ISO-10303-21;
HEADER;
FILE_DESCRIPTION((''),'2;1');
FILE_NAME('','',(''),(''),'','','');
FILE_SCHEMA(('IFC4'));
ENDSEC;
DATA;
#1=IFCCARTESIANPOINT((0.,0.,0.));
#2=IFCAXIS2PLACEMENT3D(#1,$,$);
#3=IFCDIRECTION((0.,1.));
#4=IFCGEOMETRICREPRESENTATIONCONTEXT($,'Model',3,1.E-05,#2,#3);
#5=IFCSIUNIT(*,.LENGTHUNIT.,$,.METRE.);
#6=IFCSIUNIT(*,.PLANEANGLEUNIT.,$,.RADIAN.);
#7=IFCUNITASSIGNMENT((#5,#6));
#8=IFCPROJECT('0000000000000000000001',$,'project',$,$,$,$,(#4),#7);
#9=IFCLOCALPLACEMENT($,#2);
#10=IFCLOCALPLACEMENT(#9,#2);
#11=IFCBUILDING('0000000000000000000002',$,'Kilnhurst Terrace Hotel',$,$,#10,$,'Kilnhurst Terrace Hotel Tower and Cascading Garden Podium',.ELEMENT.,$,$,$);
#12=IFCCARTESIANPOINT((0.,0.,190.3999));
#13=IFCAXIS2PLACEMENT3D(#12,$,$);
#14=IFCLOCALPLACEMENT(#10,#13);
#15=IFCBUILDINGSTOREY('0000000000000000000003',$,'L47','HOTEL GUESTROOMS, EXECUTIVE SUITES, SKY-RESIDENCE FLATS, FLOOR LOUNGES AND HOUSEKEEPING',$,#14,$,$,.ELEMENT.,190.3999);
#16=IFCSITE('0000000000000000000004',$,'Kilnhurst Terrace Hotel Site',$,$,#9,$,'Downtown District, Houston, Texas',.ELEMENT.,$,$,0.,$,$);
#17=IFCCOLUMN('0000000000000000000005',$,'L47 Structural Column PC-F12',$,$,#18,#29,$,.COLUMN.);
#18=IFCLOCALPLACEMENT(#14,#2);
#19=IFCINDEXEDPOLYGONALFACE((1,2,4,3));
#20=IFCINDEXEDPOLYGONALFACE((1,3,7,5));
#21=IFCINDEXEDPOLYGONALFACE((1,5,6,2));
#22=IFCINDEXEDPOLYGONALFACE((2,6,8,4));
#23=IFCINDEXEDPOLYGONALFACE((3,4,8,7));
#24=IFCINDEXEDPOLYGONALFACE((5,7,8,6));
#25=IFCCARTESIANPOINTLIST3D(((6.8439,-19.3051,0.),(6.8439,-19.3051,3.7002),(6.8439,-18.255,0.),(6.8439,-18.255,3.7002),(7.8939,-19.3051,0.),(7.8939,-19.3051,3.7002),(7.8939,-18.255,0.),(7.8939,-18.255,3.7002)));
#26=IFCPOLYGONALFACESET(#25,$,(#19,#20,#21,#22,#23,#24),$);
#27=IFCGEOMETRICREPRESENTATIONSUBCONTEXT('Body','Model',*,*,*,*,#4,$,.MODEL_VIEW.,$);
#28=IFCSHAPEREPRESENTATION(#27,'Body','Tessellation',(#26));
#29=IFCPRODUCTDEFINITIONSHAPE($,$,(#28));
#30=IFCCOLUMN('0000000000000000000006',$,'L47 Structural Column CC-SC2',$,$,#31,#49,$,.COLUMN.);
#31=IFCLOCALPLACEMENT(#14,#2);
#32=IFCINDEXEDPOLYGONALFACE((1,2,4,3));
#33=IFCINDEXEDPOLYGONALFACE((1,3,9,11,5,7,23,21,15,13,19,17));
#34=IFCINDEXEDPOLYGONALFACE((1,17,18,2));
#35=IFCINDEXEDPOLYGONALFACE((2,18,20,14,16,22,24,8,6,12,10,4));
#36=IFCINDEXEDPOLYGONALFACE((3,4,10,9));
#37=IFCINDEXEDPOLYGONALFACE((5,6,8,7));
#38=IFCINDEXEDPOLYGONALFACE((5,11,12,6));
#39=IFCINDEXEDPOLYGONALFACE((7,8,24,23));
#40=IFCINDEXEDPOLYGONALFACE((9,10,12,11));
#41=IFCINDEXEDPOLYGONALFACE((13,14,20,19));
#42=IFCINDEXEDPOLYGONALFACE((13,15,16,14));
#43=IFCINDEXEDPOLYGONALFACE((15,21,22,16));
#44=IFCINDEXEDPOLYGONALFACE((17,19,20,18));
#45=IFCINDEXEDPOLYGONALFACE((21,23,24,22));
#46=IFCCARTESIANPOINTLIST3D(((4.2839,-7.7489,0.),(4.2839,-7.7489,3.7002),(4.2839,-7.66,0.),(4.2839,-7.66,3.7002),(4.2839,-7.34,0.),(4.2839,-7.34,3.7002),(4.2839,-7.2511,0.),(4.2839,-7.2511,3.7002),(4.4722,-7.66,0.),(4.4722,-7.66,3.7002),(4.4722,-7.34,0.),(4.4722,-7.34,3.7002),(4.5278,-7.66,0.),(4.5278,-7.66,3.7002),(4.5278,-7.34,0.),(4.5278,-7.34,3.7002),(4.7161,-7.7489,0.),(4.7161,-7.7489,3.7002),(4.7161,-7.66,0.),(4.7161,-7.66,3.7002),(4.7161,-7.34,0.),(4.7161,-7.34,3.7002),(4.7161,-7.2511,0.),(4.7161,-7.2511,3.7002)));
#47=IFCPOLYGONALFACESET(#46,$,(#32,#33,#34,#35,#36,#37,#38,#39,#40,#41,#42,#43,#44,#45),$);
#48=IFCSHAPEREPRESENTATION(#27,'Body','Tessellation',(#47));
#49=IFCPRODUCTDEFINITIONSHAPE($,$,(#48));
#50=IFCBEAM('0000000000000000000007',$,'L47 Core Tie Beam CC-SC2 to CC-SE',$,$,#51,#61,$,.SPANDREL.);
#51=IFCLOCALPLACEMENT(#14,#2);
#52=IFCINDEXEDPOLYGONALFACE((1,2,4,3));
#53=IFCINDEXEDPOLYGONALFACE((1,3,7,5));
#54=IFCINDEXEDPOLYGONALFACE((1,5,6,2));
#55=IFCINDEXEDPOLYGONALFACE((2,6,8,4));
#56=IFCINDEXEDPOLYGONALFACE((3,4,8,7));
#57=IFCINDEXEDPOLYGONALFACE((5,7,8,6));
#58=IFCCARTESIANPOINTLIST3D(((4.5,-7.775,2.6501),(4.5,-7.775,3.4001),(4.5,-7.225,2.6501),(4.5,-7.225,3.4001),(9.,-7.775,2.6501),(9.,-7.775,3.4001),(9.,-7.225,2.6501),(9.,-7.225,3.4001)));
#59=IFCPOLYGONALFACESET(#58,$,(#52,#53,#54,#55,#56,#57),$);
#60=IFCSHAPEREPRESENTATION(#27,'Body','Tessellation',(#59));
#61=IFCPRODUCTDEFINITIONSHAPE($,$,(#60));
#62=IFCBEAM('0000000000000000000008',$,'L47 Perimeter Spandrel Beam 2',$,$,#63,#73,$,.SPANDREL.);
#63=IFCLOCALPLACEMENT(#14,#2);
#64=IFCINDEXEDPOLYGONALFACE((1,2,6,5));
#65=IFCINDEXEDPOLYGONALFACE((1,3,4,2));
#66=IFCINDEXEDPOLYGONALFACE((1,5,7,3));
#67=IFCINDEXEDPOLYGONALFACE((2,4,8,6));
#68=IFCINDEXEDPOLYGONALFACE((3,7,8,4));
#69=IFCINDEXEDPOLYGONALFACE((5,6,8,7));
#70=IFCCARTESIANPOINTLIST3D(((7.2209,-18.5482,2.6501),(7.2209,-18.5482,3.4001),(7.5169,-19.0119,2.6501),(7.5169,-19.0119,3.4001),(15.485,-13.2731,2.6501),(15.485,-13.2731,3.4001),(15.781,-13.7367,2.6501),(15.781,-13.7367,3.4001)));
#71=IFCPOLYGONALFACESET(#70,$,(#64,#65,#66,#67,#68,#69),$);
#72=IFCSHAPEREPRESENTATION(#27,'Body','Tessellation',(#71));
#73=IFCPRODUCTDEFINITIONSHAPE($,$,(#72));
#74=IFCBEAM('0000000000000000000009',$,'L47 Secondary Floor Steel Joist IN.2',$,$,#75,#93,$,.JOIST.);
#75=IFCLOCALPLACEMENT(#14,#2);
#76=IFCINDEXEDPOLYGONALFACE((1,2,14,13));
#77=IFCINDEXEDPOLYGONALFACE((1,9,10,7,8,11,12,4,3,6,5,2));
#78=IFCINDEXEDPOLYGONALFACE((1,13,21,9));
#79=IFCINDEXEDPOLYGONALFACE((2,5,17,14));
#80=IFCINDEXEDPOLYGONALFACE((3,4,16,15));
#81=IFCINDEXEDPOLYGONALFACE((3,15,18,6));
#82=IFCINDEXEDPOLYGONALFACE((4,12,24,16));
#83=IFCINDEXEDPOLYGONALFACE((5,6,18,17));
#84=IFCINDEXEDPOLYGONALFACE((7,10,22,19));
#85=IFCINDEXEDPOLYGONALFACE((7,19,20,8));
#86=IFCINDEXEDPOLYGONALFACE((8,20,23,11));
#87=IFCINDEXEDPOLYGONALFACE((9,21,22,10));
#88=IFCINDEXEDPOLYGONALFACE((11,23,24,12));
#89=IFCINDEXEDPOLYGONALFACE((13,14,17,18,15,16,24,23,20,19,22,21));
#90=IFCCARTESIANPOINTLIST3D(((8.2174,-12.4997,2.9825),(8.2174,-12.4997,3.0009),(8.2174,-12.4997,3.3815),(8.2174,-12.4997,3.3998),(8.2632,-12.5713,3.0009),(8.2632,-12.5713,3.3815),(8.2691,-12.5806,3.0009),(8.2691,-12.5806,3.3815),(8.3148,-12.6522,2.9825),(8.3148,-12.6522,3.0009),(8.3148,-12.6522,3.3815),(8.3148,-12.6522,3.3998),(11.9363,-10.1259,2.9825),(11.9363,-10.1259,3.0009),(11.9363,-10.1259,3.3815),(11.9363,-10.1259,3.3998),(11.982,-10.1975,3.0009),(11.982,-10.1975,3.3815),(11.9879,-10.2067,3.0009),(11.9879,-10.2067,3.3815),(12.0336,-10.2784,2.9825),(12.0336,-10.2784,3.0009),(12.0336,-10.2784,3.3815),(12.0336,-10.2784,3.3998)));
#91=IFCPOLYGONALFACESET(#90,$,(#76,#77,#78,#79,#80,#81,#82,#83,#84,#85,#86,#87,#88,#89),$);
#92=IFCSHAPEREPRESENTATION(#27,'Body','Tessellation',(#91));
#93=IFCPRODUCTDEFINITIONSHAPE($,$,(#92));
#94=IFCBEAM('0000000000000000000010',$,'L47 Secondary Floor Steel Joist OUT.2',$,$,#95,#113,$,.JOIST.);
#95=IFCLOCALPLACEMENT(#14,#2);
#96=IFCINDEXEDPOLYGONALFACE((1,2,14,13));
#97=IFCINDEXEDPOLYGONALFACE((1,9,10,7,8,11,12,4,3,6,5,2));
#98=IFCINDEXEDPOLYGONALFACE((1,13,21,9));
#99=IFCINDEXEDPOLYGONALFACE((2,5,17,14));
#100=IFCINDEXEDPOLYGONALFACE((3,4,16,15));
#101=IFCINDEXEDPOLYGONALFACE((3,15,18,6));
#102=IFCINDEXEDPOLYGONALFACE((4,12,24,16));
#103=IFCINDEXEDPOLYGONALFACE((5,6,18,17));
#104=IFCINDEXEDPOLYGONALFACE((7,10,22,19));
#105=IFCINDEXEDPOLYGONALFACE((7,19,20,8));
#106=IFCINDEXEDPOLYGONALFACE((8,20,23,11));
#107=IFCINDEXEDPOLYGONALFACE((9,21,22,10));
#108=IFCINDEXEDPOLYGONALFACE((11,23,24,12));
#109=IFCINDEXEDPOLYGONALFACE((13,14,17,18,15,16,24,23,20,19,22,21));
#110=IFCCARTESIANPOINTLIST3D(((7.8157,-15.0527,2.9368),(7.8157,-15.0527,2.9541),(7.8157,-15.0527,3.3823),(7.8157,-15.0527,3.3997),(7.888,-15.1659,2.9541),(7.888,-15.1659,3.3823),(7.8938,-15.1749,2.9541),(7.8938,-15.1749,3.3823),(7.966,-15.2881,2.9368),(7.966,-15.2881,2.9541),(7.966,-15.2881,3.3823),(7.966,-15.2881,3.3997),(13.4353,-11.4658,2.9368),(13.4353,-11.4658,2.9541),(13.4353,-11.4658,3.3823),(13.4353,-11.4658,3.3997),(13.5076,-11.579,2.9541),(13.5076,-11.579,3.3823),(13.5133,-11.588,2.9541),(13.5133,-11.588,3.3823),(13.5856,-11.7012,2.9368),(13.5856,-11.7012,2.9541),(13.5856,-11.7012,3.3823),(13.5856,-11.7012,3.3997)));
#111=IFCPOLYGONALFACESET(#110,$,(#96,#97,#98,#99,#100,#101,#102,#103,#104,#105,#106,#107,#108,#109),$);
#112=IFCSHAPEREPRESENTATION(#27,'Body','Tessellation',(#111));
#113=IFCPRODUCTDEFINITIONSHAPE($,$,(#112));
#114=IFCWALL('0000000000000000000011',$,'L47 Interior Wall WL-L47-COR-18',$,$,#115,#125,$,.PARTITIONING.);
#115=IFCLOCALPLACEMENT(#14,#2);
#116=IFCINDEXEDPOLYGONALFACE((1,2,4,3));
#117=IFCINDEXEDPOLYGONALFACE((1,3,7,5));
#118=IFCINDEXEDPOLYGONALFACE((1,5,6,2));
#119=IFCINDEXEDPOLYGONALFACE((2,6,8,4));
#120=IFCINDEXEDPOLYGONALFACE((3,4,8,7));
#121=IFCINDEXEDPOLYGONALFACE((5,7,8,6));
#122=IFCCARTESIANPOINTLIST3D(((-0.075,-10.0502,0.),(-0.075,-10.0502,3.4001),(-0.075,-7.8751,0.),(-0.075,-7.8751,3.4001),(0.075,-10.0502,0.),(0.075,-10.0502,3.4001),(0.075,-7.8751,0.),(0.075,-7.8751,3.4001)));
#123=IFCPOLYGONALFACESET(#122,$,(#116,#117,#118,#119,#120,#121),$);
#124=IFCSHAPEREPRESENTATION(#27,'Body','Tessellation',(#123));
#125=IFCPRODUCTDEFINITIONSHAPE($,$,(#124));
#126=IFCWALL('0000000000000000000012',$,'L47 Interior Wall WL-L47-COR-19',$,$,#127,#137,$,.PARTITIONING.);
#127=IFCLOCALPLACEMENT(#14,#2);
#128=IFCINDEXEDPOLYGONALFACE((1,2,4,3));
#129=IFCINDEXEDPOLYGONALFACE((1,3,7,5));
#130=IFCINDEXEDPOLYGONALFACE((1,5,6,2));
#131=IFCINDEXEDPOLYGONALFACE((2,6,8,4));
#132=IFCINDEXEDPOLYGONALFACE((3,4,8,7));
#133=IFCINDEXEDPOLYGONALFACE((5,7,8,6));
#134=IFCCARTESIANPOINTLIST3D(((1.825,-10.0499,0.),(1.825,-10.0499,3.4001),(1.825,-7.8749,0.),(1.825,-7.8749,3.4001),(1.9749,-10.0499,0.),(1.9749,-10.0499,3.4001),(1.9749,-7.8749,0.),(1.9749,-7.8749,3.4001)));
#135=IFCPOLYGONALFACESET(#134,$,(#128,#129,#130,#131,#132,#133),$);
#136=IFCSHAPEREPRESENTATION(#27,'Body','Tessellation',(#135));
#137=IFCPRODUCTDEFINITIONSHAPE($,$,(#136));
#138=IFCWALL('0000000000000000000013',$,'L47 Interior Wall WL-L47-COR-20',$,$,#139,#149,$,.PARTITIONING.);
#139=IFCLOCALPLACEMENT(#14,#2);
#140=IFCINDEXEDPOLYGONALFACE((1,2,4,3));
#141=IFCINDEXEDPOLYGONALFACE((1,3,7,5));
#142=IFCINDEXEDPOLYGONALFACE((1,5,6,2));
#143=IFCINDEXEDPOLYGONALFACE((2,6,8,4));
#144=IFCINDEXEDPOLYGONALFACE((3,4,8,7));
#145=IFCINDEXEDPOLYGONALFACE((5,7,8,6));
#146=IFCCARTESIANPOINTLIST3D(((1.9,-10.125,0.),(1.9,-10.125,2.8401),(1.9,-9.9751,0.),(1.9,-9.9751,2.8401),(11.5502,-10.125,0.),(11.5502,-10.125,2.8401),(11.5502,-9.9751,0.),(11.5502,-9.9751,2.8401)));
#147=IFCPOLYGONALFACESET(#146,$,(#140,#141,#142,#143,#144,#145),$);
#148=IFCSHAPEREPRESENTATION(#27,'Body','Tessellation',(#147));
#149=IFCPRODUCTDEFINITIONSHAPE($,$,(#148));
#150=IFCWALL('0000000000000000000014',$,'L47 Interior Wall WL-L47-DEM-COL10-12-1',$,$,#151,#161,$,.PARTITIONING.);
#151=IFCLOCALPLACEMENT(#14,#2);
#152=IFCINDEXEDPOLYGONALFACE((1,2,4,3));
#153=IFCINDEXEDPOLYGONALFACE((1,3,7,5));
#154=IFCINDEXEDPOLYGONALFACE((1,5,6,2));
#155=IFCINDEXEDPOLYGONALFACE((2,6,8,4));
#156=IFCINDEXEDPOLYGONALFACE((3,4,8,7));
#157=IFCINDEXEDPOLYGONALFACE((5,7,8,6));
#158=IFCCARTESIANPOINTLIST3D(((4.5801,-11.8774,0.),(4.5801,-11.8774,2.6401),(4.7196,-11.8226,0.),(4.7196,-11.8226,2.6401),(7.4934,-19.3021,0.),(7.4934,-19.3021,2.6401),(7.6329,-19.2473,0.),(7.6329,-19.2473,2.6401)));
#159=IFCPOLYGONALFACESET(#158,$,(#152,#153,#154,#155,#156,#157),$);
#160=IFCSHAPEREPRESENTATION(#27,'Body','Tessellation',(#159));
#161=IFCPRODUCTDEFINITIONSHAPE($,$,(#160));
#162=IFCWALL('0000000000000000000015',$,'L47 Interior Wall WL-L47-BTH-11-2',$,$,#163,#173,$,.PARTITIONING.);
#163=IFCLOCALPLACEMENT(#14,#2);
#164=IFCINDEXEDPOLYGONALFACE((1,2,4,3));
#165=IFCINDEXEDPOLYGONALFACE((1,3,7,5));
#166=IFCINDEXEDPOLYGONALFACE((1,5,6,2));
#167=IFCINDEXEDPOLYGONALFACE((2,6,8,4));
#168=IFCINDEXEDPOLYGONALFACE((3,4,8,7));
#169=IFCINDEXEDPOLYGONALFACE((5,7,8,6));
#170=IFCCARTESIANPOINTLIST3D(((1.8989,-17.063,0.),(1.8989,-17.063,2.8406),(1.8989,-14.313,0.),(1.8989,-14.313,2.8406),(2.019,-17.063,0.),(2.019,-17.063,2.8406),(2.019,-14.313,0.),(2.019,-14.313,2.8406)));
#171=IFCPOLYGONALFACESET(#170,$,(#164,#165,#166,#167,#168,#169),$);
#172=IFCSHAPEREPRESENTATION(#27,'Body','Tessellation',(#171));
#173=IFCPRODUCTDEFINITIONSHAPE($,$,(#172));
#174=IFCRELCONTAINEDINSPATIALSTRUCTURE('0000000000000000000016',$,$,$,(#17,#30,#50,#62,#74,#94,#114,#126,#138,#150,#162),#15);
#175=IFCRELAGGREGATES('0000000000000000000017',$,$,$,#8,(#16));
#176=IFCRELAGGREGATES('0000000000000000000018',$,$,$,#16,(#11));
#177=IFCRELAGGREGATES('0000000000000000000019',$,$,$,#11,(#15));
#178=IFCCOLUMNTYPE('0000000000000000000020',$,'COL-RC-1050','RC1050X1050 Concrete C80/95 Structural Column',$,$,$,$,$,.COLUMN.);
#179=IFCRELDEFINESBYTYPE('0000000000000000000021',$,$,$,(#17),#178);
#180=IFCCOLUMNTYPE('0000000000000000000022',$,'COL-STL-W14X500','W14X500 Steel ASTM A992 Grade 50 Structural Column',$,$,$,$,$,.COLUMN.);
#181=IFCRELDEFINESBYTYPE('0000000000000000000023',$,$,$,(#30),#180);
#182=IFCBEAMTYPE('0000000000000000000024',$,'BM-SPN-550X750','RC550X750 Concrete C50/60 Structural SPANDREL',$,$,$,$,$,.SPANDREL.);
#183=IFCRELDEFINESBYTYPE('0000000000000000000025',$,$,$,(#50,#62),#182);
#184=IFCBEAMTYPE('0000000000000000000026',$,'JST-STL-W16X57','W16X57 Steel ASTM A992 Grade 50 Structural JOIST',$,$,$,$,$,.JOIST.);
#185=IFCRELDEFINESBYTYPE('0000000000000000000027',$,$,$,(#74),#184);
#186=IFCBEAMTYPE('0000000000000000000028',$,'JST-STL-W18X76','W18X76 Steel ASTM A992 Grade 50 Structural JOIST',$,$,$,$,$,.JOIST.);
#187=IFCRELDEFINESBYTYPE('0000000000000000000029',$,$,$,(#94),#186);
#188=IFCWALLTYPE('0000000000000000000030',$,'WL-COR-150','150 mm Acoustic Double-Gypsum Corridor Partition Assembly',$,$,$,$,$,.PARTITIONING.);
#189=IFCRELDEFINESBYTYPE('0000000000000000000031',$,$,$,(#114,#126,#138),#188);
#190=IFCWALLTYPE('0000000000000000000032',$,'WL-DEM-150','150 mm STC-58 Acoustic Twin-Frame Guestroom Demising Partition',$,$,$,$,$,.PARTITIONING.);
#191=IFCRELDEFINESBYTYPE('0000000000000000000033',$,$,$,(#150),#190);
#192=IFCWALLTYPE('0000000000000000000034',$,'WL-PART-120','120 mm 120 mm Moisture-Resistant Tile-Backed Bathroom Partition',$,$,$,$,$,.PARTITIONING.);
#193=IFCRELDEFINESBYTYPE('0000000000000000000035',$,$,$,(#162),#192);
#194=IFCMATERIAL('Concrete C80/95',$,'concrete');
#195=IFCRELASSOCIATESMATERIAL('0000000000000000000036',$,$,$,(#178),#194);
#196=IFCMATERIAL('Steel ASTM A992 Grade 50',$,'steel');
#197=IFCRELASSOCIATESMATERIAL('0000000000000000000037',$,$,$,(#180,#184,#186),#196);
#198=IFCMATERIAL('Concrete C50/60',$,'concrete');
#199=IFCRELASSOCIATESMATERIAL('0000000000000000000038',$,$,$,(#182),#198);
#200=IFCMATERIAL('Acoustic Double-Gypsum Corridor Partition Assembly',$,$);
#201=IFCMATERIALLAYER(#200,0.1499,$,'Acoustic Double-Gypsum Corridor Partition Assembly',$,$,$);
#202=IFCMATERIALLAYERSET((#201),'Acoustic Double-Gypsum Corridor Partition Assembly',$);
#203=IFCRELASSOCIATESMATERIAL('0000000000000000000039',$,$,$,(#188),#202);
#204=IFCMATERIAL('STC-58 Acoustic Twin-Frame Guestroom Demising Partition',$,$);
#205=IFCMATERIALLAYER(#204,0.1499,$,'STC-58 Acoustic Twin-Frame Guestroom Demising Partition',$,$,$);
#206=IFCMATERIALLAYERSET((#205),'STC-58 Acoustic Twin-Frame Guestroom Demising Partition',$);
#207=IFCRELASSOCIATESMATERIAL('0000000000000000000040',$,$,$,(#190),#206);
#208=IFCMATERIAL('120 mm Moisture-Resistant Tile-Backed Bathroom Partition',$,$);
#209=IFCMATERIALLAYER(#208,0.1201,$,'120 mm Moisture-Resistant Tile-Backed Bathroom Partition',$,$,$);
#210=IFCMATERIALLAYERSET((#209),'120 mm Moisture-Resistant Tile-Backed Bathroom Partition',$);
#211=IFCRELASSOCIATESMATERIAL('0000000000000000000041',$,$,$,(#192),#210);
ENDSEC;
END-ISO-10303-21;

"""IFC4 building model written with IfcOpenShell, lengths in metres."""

from ifc_helpers import new_model, si_unit, direction, frame, frame_2d, origin, origin_2d, place, context, subcontext, project, spatial, rectangle, i_section, extrude, material, layer, layer_set, material_profile, profile_set, type_object, element, save


model = new_model("IFC4")

# Units and contexts
model_context = context("Model", 3, precision=1e-05, world=origin(), true_north=direction((0.0, 1.0)))
body_context = subcontext(model_context, "Body", "Model", "MODEL_VIEW")
ifc_project = project(units=[si_unit("LENGTHUNIT", "METRE"), si_unit("PLANEANGLEUNIT", "RADIAN")], contexts=[model_context])

# Site, building, storey
site_placement = place(None, origin())
site = spatial("IfcSite", under=ifc_project, at=site_placement, Name="Kilnhurst Terrace Hotel Site", LongName="Downtown District, Houston, Texas", CompositionType="ELEMENT", RefElevation=0.0)
building_placement = place(site_placement, origin())
building = spatial("IfcBuilding", under=site, at=building_placement, Name="Kilnhurst Terrace Hotel", LongName="Kilnhurst Terrace Hotel Tower and Cascading Garden Podium", CompositionType="ELEMENT")
storey_placement = place(building_placement, frame((0.0, 0.0, 190.3999)))
storey = spatial("IfcBuildingStorey", under=building, at=storey_placement, Name="L47", Description="HOTEL GUESTROOMS, EXECUTIVE SUITES, SKY-RESIDENCE FLATS, FLOOR LOUNGES AND HOUSEKEEPING", CompositionType="ELEMENT", Elevation=190.3999)

# Columns
ifc_material_1 = material(Name="Concrete C80/95", Category="concrete")
ifc_material_profile_1 = material_profile(ifc_material_1, rectangle(XDim=1.05, YDim=1.05, at=origin_2d()), Name="RC1050X1050")
ifc_profile_set_1 = profile_set([ifc_material_profile_1], Name="Concrete C80/95")
column_type_1 = type_object("IfcColumnType", Name="COL-RC-1050", Description="RC1050X1050 Concrete C80/95 Structural Column", PredefinedType="COLUMN", material=ifc_profile_set_1)
column_1_placement = place(storey_placement, frame((7.3689, -18.78, 0.0), z_axis=(0.0, 0.0, 1.0), x_axis=(1.0, 0.0, 0.0)))
element("IfcColumn", 1, at=column_1_placement, inside=storey, type_object=column_type_1, Name="L47 Structural Column PC-F12", PredefinedType="COLUMN", context=body_context, shape_type="SweptSolid", body=[
    extrude(rectangle(XDim=1.05, YDim=1.05, at=origin_2d()), origin(), (0.0, 0.0, 1.0), 3.7002),
])
ifc_material_2 = material(Name="Steel ASTM A992 Grade 50", Category="steel")
ifc_material_profile_2 = material_profile(ifc_material_2, i_section(OverallWidth=0.4321, OverallDepth=0.4978, WebThickness=0.0557, FlangeThickness=0.0889, at=origin_2d()), Name="W14X500")
ifc_profile_set_2 = profile_set([ifc_material_profile_2], Name="Steel ASTM A992 Grade 50")
column_type_2 = type_object("IfcColumnType", Name="COL-STL-W14X500", Description="W14X500 Steel ASTM A992 Grade 50 Structural Column", PredefinedType="COLUMN", material=ifc_profile_set_2)
column_2_placement = place(storey_placement, frame((4.5, -7.5, 0.0), z_axis=(0.0, 0.0, 1.0), x_axis=(1.0, 0.0, 0.0)))
element("IfcColumn", 2, at=column_2_placement, inside=storey, type_object=column_type_2, Name="L47 Structural Column CC-SC2", PredefinedType="COLUMN", context=body_context, shape_type="SweptSolid", body=[
    extrude(i_section(OverallWidth=0.4321, OverallDepth=0.4978, WebThickness=0.0557, FlangeThickness=0.0889, at=origin_2d()), origin(), (0.0, 0.0, 1.0), 3.7002),
])

# Beams
ifc_material_3 = material(Name="Concrete C50/60", Category="concrete")
ifc_material_profile_3 = material_profile(ifc_material_3, rectangle(XDim=0.55, YDim=0.75, at=origin_2d()), Name="RC550X750")
ifc_profile_set_3 = profile_set([ifc_material_profile_3], Name="Concrete C50/60")
beam_type_1 = type_object("IfcBeamType", Name="BM-SPN-550X750", Description="RC550X750 Concrete C50/60 Structural SPANDREL", PredefinedType="SPANDREL", material=ifc_profile_set_3)
beam_1_placement = place(storey_placement, frame((4.5, -7.5, 3.0251), z_axis=(1.0, 0.0, 0.0), x_axis=(0.0, 1.0, 0.0)))
element("IfcBeam", 3, at=beam_1_placement, inside=storey, type_object=beam_type_1, Name="L47 Core Tie Beam CC-SC2 to CC-SE", PredefinedType="SPANDREL", context=body_context, shape_type="SweptSolid", body=[
    extrude(rectangle(XDim=0.55, YDim=0.75, at=origin_2d()), origin(), (0.0, 0.0, 1.0), 4.5),
])
beam_2_placement = place(storey_placement, frame((7.3689, -18.78, 3.0251), z_axis=(0.842915, 0.538046, 0.0), x_axis=(-0.538046, 0.842915, 0.0)))
element("IfcBeam", 4, at=beam_2_placement, inside=storey, type_object=beam_type_1, Name="L47 Perimeter Spandrel Beam 2", PredefinedType="SPANDREL", context=body_context, shape_type="SweptSolid", body=[
    extrude(rectangle(XDim=0.55, YDim=0.75, at=origin_2d()), origin(), (0.0, 0.0, 1.0), 9.8042),
])
ifc_material_profile_4 = material_profile(ifc_material_2, i_section(OverallWidth=0.1809, OverallDepth=0.4172, WebThickness=0.011, FlangeThickness=0.0183, at=origin_2d()), Name="W16X57")
ifc_profile_set_4 = profile_set([ifc_material_profile_4], Name="Steel ASTM A992 Grade 50")
beam_type_2 = type_object("IfcBeamType", Name="JST-STL-W16X57", Description="W16X57 Steel ASTM A992 Grade 50 Structural JOIST", PredefinedType="JOIST", material=ifc_profile_set_4)
beam_3_placement = place(storey_placement, frame((8.2661, -12.5759, 3.1912), z_axis=(0.842911, 0.538053, 0.0), x_axis=(-0.538053, 0.842911, 0.0)))
element("IfcBeam", 5, at=beam_3_placement, inside=storey, type_object=beam_type_2, Name="L47 Secondary Floor Steel Joist IN.2", PredefinedType="JOIST", context=body_context, shape_type="SweptSolid", body=[
    extrude(i_section(OverallWidth=0.1809, OverallDepth=0.4172, WebThickness=0.011, FlangeThickness=0.0183, at=origin_2d()), origin(), (0.0, 0.0, 1.0), 4.4119),
])
ifc_material_profile_5 = material_profile(ifc_material_2, i_section(OverallWidth=0.2793, OverallDepth=0.4629, WebThickness=0.0107, FlangeThickness=0.0173, at=origin_2d()), Name="W18X76")
ifc_profile_set_5 = profile_set([ifc_material_profile_5], Name="Steel ASTM A992 Grade 50")
beam_type_3 = type_object("IfcBeamType", Name="JST-STL-W18X76", Description="W18X76 Steel ASTM A992 Grade 50 Structural JOIST", PredefinedType="JOIST", material=ifc_profile_set_5)
beam_4_placement = place(storey_placement, frame((7.8909, -15.1704, 3.1682), z_axis=(0.842928, 0.538027, 0.0), x_axis=(-0.538027, 0.842928, 0.0)))
element("IfcBeam", 6, at=beam_4_placement, inside=storey, type_object=beam_type_3, Name="L47 Secondary Floor Steel Joist OUT.2", PredefinedType="JOIST", context=body_context, shape_type="SweptSolid", body=[
    extrude(i_section(OverallWidth=0.2793, OverallDepth=0.4629, WebThickness=0.0107, FlangeThickness=0.0173, at=origin_2d()), origin(), (0.0, 0.0, 1.0), 6.6667),
])

# Walls
ifc_material_4 = material(Name="Acoustic Double-Gypsum Corridor Partition Assembly")
ifc_layer_1 = layer(ifc_material_4, 0.1499, Name="Acoustic Double-Gypsum Corridor Partition Assembly")
ifc_layer_set_1 = layer_set([ifc_layer_1], Name="Acoustic Double-Gypsum Corridor Partition Assembly")
wall_type_1 = type_object("IfcWallType", Name="WL-COR-150", Description="150 mm Acoustic Double-Gypsum Corridor Partition Assembly", PredefinedType="PARTITIONING", material=ifc_layer_set_1)
for number, where, z_axis, x_axis, name in (
    (7, (0.0, -10.05, 0.0), (0.0, 0.0, 1.0), (0.0, 1.0, 0.0), "L47 Interior Wall WL-L47-COR-18"),
    (8, (1.8999, -7.875, 0.0), (0.0, 0.0, 1.0), (0.0, -1.0, 0.0), "L47 Interior Wall WL-L47-COR-19"),
):
    element("IfcWall", number, at=place(storey_placement, frame(where, z_axis=z_axis, x_axis=x_axis)), inside=storey, type_object=wall_type_1, Name=name, PredefinedType="PARTITIONING", context=body_context, shape_type="SweptSolid", body=[
        extrude(rectangle(XDim=2.175, YDim=0.1499, at=frame_2d((1.0874, 0.0))), origin(), (0.0, 0.0, 1.0), 3.4001),
    ])
wall_1_placement = place(storey_placement, frame((1.8999, -10.05, 0.0), z_axis=(0.0, 0.0, 1.0), x_axis=(1.0, 0.0, 0.0)))
element("IfcWall", 9, at=wall_1_placement, inside=storey, type_object=wall_type_1, Name="L47 Interior Wall WL-L47-COR-20", PredefinedType="PARTITIONING", context=body_context, shape_type="SweptSolid", body=[
    extrude(rectangle(XDim=9.6501, YDim=0.1499, at=frame_2d((4.8252, 0.0))), origin(), (0.0, 0.0, 1.0), 2.8401),
])
ifc_material_5 = material(Name="STC-58 Acoustic Twin-Frame Guestroom Demising Partition")
ifc_layer_2 = layer(ifc_material_5, 0.1499, Name="STC-58 Acoustic Twin-Frame Guestroom Demising Partition")
ifc_layer_set_2 = layer_set([ifc_layer_2], Name="STC-58 Acoustic Twin-Frame Guestroom Demising Partition")
wall_type_2 = type_object("IfcWallType", Name="WL-DEM-150", Description="150 mm STC-58 Acoustic Twin-Frame Guestroom Demising Partition", PredefinedType="PARTITIONING", material=ifc_layer_set_2)
wall_2_placement = place(storey_placement, frame((4.6499, -11.8501, 0.0), z_axis=(0.0, 0.0, 1.0), x_axis=(0.365266, -0.930903, 0.0)))
element("IfcWall", 10, at=wall_2_placement, inside=storey, type_object=wall_type_2, Name="L47 Interior Wall WL-L47-DEM-COL10-12-1", PredefinedType="PARTITIONING", context=body_context, shape_type="SweptSolid", body=[
    extrude(rectangle(XDim=7.9758, YDim=0.1499, at=frame_2d((3.9878, 0.0))), origin(), (0.0, 0.0, 1.0), 2.6401),
])
ifc_material_6 = material(Name="120 mm Moisture-Resistant Tile-Backed Bathroom Partition")
ifc_layer_3 = layer(ifc_material_6, 0.1201, Name="120 mm Moisture-Resistant Tile-Backed Bathroom Partition")
ifc_layer_set_3 = layer_set([ifc_layer_3], Name="120 mm Moisture-Resistant Tile-Backed Bathroom Partition")
wall_type_3 = type_object("IfcWallType", Name="WL-PART-120", Description="120 mm 120 mm Moisture-Resistant Tile-Backed Bathroom Partition", PredefinedType="PARTITIONING", material=ifc_layer_set_3)
wall_3_placement = place(storey_placement, frame((1.959, -17.063, 0.0), z_axis=(0.0, 0.0, 1.0), x_axis=(0.0, 1.0, 0.0)))
element("IfcWall", 11, at=wall_3_placement, inside=storey, type_object=wall_type_3, Name="L47 Interior Wall WL-L47-BTH-11-2", PredefinedType="PARTITIONING", context=body_context, shape_type="SweptSolid", body=[
    extrude(rectangle(XDim=2.75, YDim=0.1201, at=frame_2d((1.375, 0.0))), origin(), (0.0, 0.0, 1.0), 2.8406),
])

save(model, "model.ifc")
